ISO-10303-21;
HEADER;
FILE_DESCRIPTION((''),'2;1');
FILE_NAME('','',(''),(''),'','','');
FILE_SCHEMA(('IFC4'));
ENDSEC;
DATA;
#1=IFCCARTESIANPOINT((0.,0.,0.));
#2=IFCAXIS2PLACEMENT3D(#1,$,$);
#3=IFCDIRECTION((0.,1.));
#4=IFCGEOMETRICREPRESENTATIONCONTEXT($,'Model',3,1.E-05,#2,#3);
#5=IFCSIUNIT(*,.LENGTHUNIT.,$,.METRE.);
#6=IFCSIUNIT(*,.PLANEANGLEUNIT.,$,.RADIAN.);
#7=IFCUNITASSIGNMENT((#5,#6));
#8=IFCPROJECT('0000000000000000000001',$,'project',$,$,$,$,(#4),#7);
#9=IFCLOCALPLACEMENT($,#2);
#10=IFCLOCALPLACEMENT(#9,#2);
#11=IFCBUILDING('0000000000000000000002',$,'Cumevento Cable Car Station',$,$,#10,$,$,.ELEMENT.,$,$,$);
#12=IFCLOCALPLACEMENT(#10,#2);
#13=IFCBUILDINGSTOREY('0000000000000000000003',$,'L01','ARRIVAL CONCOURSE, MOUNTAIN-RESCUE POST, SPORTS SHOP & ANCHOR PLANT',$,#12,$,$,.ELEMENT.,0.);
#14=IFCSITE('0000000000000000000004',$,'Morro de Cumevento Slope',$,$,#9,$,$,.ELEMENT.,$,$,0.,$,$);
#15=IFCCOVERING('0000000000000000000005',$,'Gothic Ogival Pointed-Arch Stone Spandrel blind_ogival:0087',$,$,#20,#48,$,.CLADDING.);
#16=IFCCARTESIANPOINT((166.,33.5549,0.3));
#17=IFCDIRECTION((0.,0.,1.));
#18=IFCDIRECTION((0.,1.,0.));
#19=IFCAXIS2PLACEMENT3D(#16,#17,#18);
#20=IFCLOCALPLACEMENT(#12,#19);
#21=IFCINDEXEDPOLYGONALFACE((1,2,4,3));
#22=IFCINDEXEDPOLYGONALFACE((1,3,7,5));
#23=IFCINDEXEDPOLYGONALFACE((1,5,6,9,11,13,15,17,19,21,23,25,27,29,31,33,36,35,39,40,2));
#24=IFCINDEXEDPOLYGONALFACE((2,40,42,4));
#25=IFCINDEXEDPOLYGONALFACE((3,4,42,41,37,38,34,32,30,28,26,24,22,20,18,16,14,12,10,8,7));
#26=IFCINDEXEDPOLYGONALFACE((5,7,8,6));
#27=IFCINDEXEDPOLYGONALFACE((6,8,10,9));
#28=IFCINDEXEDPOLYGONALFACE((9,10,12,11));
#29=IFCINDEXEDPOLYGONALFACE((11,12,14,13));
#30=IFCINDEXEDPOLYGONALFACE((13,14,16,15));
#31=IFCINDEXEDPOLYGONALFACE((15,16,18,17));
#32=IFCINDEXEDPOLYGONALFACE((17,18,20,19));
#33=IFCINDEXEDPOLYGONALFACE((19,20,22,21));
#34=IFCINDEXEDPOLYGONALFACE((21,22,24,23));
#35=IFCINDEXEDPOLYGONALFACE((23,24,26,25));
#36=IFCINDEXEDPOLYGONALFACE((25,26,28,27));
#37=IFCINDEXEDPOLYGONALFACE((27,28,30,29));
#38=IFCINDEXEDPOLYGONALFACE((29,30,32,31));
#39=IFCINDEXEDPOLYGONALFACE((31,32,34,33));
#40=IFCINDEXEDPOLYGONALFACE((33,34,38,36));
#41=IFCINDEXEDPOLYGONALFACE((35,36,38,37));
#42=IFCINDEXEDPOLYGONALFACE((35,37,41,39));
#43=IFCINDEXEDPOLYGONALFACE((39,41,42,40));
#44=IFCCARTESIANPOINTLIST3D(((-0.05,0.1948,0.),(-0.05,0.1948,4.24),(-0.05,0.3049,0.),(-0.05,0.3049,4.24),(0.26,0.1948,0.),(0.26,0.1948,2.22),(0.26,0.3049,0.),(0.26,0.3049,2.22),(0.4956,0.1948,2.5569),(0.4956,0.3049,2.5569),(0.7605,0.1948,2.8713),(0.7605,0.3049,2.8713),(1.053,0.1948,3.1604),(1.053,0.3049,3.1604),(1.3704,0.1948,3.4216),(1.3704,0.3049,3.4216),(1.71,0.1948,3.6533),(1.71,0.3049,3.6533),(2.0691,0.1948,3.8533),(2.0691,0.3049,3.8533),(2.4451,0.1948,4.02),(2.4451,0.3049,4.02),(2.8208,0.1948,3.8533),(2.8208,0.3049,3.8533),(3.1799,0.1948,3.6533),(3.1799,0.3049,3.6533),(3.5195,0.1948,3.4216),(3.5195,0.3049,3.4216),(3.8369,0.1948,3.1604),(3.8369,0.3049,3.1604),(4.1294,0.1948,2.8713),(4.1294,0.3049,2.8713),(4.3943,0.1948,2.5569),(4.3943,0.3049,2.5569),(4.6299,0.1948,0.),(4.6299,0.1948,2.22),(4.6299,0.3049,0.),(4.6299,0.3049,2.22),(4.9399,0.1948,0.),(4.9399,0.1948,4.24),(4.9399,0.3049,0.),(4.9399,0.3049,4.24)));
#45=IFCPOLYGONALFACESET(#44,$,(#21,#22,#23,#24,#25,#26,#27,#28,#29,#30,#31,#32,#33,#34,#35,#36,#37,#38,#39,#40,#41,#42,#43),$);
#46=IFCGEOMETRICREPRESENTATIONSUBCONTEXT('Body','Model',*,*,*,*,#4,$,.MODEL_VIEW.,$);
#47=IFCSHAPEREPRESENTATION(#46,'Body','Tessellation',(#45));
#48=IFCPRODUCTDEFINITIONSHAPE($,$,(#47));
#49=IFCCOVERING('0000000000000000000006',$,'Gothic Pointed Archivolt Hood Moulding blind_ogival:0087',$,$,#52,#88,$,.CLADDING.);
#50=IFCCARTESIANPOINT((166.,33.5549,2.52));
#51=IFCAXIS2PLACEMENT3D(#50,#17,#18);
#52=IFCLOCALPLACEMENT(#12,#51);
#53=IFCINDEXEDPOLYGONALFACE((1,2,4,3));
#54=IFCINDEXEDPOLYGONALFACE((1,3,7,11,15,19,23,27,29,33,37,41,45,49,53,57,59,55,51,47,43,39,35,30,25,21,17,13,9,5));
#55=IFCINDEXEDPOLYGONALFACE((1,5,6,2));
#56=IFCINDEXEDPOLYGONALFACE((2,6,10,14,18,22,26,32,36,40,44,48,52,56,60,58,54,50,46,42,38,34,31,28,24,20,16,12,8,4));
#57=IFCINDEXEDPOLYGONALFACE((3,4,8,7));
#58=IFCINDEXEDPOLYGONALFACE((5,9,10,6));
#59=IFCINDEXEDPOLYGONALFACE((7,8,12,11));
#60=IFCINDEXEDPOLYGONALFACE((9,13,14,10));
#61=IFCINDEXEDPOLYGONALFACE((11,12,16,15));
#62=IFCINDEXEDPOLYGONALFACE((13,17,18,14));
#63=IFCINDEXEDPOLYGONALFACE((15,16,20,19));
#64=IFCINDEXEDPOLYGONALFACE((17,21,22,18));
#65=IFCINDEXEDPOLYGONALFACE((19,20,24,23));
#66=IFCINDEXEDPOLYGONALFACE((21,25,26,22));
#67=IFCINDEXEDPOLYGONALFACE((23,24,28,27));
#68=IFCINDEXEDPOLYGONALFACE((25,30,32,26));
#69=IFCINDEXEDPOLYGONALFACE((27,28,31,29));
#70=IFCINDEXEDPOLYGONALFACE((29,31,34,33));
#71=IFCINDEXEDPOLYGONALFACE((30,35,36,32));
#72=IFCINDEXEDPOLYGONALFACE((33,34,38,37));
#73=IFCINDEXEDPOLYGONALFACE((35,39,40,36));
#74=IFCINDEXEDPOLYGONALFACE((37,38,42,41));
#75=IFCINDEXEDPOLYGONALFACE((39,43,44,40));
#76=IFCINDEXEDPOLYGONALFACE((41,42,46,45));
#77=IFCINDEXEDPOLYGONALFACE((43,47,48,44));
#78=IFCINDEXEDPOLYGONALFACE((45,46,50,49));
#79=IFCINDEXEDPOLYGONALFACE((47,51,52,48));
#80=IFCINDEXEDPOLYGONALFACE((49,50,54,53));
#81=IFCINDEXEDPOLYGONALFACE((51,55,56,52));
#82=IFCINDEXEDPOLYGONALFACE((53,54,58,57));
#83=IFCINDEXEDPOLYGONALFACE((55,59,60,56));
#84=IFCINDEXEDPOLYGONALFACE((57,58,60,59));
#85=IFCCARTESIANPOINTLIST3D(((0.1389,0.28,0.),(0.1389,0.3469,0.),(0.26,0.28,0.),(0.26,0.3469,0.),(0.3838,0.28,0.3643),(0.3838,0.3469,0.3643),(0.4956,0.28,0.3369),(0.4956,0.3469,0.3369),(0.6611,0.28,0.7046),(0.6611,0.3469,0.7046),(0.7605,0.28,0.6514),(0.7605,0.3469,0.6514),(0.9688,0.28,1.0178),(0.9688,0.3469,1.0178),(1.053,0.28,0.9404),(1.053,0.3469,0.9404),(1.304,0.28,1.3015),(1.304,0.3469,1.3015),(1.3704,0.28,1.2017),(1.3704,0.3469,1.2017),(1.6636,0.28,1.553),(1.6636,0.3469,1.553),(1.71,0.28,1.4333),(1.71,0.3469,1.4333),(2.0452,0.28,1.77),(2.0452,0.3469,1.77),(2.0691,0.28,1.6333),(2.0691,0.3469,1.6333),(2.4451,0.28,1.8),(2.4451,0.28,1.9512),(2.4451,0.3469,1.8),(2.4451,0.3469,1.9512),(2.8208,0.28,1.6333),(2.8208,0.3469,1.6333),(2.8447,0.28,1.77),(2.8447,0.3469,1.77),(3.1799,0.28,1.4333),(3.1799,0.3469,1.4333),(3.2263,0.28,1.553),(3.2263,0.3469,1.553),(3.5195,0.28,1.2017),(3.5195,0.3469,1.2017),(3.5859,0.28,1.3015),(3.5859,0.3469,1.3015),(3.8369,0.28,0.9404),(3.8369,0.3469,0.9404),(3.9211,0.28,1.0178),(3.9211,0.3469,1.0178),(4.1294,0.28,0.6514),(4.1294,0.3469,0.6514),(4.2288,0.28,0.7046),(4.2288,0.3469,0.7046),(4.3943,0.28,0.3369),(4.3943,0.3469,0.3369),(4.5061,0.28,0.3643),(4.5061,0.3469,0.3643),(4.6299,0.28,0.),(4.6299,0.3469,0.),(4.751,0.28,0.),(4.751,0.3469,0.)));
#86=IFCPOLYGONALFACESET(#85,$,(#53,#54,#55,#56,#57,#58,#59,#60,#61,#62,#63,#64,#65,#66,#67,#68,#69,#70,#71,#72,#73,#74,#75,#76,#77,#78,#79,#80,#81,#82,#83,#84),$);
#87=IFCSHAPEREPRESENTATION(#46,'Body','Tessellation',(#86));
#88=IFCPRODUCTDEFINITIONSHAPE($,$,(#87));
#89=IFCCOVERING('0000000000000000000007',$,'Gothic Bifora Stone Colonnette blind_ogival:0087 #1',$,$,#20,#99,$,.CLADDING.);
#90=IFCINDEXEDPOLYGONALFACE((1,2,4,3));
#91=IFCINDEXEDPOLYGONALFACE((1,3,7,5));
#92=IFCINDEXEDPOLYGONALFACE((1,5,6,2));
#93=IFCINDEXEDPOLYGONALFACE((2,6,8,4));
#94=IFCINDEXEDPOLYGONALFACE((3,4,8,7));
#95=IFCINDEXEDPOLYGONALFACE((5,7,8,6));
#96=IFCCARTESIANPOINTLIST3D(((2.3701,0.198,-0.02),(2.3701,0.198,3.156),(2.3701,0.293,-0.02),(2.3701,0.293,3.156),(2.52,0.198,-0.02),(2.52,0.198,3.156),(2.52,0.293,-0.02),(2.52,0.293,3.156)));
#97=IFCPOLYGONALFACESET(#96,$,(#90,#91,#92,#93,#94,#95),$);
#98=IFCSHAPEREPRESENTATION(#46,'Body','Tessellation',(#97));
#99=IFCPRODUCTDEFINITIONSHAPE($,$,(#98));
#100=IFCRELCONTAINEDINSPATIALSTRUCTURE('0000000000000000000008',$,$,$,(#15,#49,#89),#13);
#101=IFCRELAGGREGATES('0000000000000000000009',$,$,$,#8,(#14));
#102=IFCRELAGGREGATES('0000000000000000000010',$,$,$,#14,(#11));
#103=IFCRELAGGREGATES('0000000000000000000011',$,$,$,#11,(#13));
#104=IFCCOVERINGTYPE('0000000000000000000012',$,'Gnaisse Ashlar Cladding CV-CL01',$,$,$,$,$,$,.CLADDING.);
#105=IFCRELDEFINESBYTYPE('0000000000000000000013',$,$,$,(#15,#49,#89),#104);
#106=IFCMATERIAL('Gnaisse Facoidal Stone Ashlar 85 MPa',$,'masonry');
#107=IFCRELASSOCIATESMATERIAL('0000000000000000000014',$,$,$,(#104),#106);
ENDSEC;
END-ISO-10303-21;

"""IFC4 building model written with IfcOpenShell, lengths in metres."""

from ifc_helpers import new_model, si_unit, direction, frame, origin, place, context, subcontext, project, spatial, polyline, outline, extrude, material, type_object, element, save


model = new_model("IFC4")

# Units and contexts
model_context = context("Model", 3, precision=1e-05, world=origin(), true_north=direction((0.0, 1.0)))
body_context = subcontext(model_context, "Body", "Model", "MODEL_VIEW")
ifc_project = project(units=[si_unit("LENGTHUNIT", "METRE"), si_unit("PLANEANGLEUNIT", "RADIAN")], contexts=[model_context])

# Site, building, storey
site_placement = place(None, origin())
site = spatial("IfcSite", under=ifc_project, at=site_placement, Name="Morro de Cumevento Slope", CompositionType="ELEMENT", RefElevation=0.0)
building_placement = place(site_placement, origin())
building = spatial("IfcBuilding", under=site, at=building_placement, Name="Cumevento Cable Car Station", CompositionType="ELEMENT")
storey_placement = place(building_placement, origin())
storey = spatial("IfcBuildingStorey", under=building, at=storey_placement, Name="L01", Description="ARRIVAL CONCOURSE, MOUNTAIN-RESCUE POST, SPORTS SHOP & ANCHOR PLANT", CompositionType="ELEMENT", Elevation=0.0)

# Coverings
ifc_material_1 = material(Name="Gnaisse Facoidal Stone Ashlar 85 MPa", Category="masonry")
covering_type = type_object("IfcCoveringType", Name="Gnaisse Ashlar Cladding CV-CL01", PredefinedType="CLADDING", material=ifc_material_1)
placement_1 = place(storey_placement, frame((166.0, 33.5549, 0.3), z_axis=(0.0, 0.0, 1.0), x_axis=(0.0, 1.0, 0.0)))
element("IfcCovering", 1, at=placement_1, inside=storey, type_object=covering_type, Name="Gothic Ogival Pointed-Arch Stone Spandrel blind_ogival:0087", PredefinedType="CLADDING", context=body_context, shape_type="SweptSolid", body=[
    extrude(outline(polyline([(-0.05, 0.0), (-0.05, 4.24), (4.9399, 4.24), (4.9399, 0.0), (4.6299, 0.0), (4.6299, 2.22), (4.3943, 2.5569), (4.1294, 2.8713), (3.8369, 3.1604), (3.5195, 3.4216), (3.1799, 3.6533), (2.8208, 3.8533), (2.4451, 4.02), (2.0691, 3.8533), (1.71, 3.6533), (1.3704, 3.4216), (1.053, 3.1604), (0.7605, 2.8713), (0.4956, 2.5569), (0.26, 2.22), (0.26, 0.0), (-0.05, 0.0)])), frame((0.0, 0.3049, 0.0), z_axis=(0.0, -1.0, 0.0), x_axis=(1.0, 0.0, 0.0)), (0.0, 0.0, 1.0), 0.1101),
])
covering_1_placement = place(storey_placement, frame((166.0, 33.5549, 2.52), z_axis=(0.0, 0.0, 1.0), x_axis=(0.0, 1.0, 0.0)))
element("IfcCovering", 2, at=covering_1_placement, inside=storey, type_object=covering_type, Name="Gothic Pointed Archivolt Hood Moulding blind_ogival:0087", PredefinedType="CLADDING", context=body_context, shape_type="SweptSolid", body=[
    extrude(outline(polyline([(0.26, 0.0), (0.4956, 0.3369), (0.7605, 0.6514), (1.053, 0.9404), (1.3704, 1.2017), (1.71, 1.4333), (2.0691, 1.6333), (2.4451, 1.8), (2.8208, 1.6333), (3.1799, 1.4333), (3.5195, 1.2017), (3.8369, 0.9404), (4.1294, 0.6514), (4.3943, 0.3369), (4.6299, 0.0), (4.751, 0.0), (4.5061, 0.3643), (4.2288, 0.7046), (3.9211, 1.0178), (3.5859, 1.3015), (3.2263, 1.553), (2.8447, 1.77), (2.4451, 1.9512), (2.0452, 1.77), (1.6636, 1.553), (1.304, 1.3015), (0.9688, 1.0178), (0.6611, 0.7046), (0.3838, 0.3643), (0.1389, 0.0), (0.26, 0.0)])), frame((0.0, 0.3469, 0.0), z_axis=(0.0, -1.0, 0.0), x_axis=(1.0, 0.0, 0.0)), (0.0, 0.0, 1.0), 0.0669),
])
element("IfcCovering", 3, at=placement_1, inside=storey, type_object=covering_type, Name="Gothic Bifora Stone Colonnette blind_ogival:0087 #1", PredefinedType="CLADDING", context=body_context, shape_type="SweptSolid", body=[
    extrude(outline(polyline([(2.3701, -0.02), (2.52, -0.02), (2.52, 3.156), (2.3701, 3.156), (2.3701, -0.02)])), frame((0.0, 0.293, 0.0), z_axis=(0.0, -1.0, 0.0), x_axis=(1.0, 0.0, 0.0)), (0.0, 0.0, 1.0), 0.095),
])

save(model, "model.ifc")
